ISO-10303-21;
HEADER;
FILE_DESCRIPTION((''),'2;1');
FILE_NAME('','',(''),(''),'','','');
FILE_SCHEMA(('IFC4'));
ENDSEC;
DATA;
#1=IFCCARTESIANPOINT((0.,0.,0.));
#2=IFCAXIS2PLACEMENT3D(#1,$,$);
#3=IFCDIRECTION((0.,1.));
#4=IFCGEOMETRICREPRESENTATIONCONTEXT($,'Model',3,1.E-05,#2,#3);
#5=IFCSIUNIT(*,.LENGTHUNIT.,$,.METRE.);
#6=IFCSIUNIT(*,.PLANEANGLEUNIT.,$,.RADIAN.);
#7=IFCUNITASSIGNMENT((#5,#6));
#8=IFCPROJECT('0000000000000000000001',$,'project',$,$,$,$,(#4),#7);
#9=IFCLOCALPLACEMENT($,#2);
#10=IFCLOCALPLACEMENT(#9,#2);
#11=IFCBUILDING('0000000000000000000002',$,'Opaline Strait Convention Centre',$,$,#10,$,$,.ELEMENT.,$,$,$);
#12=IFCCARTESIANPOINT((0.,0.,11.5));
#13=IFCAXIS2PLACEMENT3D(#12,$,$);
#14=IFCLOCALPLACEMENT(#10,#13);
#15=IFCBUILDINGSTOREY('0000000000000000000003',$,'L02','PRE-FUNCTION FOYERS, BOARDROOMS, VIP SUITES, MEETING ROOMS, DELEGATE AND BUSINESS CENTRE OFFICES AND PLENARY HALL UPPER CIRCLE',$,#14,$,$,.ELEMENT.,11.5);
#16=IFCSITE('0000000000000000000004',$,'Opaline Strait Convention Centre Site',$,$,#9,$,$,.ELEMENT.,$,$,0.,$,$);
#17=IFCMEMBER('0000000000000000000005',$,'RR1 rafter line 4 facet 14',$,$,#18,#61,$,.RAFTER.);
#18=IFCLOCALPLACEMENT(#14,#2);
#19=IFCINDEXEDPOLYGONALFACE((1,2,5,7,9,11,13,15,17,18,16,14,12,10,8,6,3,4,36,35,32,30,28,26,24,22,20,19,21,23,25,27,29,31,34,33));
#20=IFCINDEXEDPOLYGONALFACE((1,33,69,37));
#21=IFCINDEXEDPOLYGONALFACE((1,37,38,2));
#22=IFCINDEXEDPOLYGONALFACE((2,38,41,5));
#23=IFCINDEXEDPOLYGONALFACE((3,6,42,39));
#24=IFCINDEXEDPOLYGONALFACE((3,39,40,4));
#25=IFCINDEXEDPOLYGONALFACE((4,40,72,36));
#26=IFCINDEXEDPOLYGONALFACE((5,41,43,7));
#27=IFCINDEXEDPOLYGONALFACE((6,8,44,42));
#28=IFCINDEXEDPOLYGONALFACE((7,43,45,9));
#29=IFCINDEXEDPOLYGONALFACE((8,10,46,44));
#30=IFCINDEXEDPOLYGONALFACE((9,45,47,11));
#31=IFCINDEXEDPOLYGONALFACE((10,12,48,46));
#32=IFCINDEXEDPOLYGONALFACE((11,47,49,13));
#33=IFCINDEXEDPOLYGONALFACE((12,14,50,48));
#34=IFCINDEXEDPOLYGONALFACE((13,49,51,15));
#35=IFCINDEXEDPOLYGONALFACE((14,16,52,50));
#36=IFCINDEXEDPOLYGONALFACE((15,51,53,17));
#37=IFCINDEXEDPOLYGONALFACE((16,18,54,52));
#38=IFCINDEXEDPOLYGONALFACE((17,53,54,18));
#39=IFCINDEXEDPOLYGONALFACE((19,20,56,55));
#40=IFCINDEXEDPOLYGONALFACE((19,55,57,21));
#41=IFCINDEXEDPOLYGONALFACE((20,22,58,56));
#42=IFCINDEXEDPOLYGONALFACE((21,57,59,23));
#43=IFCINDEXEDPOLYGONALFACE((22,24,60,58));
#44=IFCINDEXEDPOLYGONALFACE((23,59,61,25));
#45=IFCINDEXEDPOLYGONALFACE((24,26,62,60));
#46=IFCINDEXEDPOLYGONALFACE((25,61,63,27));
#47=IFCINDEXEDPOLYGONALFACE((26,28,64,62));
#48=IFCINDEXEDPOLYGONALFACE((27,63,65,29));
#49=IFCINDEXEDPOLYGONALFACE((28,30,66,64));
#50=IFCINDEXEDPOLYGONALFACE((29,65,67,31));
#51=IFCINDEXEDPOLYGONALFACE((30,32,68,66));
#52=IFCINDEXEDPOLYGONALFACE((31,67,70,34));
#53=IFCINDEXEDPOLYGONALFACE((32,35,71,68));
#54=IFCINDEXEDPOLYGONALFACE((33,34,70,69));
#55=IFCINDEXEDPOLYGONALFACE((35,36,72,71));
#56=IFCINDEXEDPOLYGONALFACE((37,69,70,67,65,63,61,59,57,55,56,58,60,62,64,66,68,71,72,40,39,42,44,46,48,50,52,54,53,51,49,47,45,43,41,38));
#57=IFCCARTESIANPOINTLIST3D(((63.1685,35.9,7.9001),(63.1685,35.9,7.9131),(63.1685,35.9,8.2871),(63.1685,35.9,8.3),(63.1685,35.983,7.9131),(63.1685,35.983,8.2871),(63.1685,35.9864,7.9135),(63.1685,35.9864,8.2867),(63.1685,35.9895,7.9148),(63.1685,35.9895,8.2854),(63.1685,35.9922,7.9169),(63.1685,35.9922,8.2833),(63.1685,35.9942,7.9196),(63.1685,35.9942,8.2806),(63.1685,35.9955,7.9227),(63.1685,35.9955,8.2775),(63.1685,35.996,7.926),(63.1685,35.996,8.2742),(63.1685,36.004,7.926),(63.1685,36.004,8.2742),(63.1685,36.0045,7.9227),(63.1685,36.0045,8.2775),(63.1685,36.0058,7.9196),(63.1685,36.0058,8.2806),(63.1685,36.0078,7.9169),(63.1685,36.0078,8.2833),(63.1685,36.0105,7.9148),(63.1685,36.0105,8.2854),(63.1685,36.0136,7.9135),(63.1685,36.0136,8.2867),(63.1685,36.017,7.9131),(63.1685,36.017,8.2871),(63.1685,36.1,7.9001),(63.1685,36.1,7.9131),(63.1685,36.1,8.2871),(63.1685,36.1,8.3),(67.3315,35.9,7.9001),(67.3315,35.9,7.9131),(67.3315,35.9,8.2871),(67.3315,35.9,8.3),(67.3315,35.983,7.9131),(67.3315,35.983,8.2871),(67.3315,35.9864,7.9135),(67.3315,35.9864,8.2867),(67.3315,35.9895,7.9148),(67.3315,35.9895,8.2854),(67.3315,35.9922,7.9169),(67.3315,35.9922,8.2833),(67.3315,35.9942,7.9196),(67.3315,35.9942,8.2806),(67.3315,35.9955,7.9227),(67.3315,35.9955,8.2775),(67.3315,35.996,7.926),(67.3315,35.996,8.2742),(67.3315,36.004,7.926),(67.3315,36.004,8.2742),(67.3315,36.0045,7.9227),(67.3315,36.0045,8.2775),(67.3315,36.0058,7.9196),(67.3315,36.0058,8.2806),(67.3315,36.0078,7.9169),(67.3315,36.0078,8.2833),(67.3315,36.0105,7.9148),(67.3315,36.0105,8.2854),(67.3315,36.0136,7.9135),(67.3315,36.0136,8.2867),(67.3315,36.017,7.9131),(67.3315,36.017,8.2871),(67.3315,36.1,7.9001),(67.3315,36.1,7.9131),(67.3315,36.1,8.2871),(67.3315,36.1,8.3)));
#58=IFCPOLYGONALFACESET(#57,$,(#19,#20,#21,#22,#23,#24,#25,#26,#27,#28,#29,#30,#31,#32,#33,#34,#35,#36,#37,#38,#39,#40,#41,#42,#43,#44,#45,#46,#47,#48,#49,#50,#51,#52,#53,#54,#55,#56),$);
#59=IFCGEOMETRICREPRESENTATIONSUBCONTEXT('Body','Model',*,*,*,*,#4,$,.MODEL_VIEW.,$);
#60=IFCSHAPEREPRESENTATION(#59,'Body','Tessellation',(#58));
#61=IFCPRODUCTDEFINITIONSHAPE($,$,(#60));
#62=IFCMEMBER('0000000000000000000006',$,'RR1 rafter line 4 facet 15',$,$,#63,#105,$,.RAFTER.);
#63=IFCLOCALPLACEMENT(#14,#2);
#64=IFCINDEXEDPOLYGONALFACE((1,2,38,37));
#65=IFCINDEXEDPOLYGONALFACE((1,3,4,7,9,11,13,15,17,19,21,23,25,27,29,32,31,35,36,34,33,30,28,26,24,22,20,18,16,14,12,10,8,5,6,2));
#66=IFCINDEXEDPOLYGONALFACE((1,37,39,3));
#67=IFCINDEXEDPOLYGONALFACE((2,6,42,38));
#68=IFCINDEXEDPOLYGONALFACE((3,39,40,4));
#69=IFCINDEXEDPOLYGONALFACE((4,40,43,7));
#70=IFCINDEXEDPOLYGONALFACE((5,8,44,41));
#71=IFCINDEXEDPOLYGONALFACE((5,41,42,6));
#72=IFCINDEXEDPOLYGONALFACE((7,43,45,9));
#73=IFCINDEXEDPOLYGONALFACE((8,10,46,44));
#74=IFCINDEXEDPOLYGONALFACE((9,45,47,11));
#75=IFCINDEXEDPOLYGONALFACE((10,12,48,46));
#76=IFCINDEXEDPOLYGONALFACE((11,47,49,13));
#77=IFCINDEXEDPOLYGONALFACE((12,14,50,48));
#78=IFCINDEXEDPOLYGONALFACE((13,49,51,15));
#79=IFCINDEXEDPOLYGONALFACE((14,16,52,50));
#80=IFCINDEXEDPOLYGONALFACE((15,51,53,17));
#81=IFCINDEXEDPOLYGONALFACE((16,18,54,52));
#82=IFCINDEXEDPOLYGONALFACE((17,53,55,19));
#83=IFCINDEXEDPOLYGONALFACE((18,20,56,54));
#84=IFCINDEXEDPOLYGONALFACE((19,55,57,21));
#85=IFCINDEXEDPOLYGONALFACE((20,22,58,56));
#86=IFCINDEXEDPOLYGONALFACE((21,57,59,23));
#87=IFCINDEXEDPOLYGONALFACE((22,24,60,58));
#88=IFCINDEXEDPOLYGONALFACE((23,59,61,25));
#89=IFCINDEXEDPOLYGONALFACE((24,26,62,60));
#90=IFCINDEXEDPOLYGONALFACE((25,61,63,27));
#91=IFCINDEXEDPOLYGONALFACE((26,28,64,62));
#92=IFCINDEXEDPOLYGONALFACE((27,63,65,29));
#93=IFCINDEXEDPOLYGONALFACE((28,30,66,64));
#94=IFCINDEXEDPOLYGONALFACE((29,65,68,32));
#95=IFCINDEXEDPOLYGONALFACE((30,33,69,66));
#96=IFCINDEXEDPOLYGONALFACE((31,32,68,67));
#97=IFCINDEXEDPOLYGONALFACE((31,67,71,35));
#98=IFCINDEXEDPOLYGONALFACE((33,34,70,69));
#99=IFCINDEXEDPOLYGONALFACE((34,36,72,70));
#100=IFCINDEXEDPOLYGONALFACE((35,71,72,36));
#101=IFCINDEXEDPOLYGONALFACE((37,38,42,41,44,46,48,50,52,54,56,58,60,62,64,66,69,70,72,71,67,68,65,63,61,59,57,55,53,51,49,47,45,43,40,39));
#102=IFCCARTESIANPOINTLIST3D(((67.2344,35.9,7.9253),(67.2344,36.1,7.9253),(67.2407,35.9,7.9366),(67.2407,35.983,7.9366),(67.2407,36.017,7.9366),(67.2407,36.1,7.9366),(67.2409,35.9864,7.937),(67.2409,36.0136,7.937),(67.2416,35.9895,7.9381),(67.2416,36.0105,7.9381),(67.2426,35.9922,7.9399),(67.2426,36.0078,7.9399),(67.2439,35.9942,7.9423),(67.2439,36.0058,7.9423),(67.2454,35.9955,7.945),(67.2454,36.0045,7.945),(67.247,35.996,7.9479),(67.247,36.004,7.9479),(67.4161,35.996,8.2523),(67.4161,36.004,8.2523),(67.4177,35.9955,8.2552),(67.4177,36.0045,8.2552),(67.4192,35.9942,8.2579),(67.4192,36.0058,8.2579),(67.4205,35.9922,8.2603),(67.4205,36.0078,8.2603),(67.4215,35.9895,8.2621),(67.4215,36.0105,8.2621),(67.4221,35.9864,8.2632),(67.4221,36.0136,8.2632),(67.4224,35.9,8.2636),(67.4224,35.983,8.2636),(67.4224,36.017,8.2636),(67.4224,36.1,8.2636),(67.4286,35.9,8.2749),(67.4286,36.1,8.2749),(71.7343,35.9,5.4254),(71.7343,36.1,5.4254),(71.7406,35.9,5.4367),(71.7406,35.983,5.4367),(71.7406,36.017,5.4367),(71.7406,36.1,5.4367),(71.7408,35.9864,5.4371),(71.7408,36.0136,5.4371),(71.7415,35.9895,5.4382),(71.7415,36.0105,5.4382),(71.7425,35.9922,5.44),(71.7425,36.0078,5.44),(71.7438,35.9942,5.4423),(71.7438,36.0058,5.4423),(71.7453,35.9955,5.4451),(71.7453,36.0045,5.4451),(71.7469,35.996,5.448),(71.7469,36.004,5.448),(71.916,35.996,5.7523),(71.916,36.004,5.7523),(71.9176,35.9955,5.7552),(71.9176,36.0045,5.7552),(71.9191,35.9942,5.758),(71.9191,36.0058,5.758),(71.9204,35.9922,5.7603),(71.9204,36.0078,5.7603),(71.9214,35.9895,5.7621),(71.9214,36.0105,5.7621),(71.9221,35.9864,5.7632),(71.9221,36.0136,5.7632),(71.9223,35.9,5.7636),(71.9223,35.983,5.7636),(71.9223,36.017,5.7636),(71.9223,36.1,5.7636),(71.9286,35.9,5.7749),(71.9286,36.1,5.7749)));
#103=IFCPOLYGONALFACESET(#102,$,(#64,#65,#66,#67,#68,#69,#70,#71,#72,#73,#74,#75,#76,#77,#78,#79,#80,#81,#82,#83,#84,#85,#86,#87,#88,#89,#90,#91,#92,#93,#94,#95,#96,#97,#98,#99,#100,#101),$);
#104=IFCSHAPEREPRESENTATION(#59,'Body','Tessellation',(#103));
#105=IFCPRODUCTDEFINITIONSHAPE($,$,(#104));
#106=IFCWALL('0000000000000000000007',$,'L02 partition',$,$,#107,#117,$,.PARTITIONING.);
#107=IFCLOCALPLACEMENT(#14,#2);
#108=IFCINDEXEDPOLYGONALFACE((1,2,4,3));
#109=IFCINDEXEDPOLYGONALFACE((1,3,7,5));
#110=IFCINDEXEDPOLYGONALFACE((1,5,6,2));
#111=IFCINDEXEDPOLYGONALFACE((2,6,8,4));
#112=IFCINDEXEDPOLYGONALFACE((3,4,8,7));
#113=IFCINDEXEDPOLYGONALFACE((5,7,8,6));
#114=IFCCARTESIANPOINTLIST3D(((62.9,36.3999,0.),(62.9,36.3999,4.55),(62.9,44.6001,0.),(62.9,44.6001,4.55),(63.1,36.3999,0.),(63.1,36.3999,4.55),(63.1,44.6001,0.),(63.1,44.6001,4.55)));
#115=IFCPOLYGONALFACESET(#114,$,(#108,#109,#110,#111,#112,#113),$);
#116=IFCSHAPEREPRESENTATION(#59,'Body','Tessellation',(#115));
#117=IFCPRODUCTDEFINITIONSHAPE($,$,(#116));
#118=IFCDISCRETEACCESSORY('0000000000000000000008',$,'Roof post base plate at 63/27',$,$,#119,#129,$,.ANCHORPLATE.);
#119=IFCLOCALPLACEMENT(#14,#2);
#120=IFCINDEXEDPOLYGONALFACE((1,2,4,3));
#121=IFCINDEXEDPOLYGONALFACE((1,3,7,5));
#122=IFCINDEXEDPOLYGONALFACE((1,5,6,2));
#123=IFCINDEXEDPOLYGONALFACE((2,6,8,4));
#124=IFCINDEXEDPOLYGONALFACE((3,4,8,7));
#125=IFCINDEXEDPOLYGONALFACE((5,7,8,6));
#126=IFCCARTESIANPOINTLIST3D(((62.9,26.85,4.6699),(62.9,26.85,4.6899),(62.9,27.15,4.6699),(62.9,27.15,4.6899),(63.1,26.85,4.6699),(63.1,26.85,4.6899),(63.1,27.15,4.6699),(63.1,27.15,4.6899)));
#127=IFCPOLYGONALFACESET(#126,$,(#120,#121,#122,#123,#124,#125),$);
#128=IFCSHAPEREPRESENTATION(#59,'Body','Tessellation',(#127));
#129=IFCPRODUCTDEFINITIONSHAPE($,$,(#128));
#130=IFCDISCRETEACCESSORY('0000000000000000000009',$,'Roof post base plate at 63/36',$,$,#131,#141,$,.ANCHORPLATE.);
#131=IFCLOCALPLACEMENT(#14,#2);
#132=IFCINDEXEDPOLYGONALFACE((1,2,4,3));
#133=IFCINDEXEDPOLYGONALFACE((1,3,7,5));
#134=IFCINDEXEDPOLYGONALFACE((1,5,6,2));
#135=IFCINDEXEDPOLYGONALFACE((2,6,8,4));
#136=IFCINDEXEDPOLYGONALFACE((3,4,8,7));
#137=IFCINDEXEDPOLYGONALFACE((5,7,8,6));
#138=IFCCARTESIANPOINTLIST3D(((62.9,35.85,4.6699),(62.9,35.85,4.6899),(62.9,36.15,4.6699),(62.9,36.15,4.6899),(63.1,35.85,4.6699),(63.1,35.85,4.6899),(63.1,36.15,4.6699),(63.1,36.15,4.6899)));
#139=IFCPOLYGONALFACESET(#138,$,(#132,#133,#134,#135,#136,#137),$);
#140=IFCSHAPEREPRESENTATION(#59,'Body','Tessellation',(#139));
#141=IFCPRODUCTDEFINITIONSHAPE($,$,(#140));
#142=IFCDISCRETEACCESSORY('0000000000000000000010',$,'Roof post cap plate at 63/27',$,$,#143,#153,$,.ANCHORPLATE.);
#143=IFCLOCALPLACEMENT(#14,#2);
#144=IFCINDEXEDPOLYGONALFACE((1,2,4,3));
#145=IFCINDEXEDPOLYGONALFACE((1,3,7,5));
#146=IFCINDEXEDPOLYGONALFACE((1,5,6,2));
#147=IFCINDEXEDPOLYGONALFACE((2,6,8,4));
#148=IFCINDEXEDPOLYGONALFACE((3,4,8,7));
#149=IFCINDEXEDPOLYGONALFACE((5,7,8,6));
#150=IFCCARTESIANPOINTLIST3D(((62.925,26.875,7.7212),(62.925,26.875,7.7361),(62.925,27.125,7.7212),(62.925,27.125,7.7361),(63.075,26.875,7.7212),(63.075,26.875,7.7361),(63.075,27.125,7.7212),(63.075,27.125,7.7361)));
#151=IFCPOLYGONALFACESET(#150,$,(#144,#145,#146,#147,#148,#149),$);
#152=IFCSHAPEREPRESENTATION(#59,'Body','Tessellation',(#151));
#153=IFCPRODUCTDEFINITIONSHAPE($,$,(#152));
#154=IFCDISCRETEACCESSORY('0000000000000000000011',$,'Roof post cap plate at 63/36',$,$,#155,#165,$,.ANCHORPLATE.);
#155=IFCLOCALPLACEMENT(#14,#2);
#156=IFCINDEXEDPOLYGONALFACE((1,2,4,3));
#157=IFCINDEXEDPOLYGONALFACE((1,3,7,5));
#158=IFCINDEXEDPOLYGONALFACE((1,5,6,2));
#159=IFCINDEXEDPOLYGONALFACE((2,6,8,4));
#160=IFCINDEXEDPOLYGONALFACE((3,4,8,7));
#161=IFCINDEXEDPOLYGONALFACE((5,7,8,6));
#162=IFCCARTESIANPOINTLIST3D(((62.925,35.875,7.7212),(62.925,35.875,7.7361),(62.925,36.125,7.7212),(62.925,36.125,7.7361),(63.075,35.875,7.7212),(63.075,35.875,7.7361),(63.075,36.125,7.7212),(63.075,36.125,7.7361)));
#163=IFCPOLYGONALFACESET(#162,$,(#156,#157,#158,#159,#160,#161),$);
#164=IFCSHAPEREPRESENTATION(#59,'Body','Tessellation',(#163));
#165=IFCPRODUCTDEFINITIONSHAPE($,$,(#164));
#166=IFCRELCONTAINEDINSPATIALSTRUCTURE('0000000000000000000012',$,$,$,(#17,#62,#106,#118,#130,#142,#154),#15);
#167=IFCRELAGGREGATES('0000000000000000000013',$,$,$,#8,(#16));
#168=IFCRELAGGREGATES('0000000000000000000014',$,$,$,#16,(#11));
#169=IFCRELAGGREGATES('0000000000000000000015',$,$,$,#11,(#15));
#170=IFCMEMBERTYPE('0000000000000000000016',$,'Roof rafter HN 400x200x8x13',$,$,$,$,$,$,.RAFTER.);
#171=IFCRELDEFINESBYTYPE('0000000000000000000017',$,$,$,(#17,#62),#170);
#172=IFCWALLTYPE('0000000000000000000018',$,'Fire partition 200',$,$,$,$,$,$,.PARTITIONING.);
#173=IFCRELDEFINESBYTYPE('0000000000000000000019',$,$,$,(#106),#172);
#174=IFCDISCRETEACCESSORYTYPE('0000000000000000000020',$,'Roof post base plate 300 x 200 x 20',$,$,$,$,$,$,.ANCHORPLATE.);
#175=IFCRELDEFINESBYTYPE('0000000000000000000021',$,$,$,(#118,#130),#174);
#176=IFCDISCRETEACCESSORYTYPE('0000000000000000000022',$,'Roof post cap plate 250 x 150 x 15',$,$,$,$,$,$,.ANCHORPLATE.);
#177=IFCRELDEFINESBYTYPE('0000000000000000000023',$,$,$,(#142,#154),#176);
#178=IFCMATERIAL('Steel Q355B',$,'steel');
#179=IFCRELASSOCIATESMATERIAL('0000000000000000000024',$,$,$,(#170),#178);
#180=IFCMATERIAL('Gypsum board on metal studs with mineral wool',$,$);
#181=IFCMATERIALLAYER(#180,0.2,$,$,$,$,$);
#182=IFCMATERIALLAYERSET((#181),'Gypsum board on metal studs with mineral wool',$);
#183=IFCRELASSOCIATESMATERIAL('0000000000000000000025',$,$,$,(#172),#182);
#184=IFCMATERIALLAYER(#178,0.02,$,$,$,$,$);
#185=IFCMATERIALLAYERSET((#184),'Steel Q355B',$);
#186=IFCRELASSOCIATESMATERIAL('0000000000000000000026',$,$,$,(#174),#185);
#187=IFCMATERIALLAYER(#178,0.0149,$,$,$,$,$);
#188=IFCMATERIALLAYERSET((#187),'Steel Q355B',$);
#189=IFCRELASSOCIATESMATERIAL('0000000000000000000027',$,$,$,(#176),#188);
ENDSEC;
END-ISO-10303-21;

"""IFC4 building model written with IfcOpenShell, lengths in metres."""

from ifc_helpers import new_model, si_unit, direction, frame, frame_2d, origin, origin_2d, place, context, subcontext, project, spatial, rectangle, i_section, extrude, material, layer, layer_set, material_profile, profile_set, type_object, element, save


model = new_model("IFC4")

# Units and contexts
model_context = context("Model", 3, precision=1e-05, world=origin(), true_north=direction((0.0, 1.0)))
body_context = subcontext(model_context, "Body", "Model", "MODEL_VIEW")
ifc_project = project(units=[si_unit("LENGTHUNIT", "METRE"), si_unit("PLANEANGLEUNIT", "RADIAN")], contexts=[model_context])

# Site, building, storey
site_placement = place(None, origin())
site = spatial("IfcSite", under=ifc_project, at=site_placement, Name="Opaline Strait Convention Centre Site", CompositionType="ELEMENT", RefElevation=0.0)
building_placement = place(site_placement, origin())
building = spatial("IfcBuilding", under=site, at=building_placement, Name="Opaline Strait Convention Centre", CompositionType="ELEMENT")
storey_placement = place(building_placement, frame((0.0, 0.0, 11.5)))
storey = spatial("IfcBuildingStorey", under=building, at=storey_placement, Name="L02", Description="PRE-FUNCTION FOYERS, BOARDROOMS, VIP SUITES, MEETING ROOMS, DELEGATE AND BUSINESS CENTRE OFFICES AND PLENARY HALL UPPER CIRCLE", CompositionType="ELEMENT", Elevation=11.5)

# Shared definitions
ifc_material_1 = material(Name="Steel Q355B", Category="steel")

# Members
ifc_material_profile_1 = material_profile(ifc_material_1, i_section(OverallWidth=0.2, OverallDepth=0.3999, WebThickness=0.0081, FlangeThickness=0.0129, FilletRadius=0.0129, at=origin_2d()), Name="HN 400x200x8x13")
ifc_profile_set_1 = profile_set([ifc_material_profile_1], Name="Steel Q355B")
member_type_1 = type_object("IfcMemberType", Name="Roof rafter HN 400x200x8x13", PredefinedType="RAFTER", material=ifc_profile_set_1)
member_1_placement = place(storey_placement, frame((63.1685, 36.0, 8.1001), z_axis=(1.0, 0.0, 0.0), x_axis=(0.0, 1.0, 0.0)))
element("IfcMember", 1, at=member_1_placement, inside=storey, type_object=member_type_1, Name="RR1 rafter line 4 facet 14", PredefinedType="RAFTER", context=body_context, shape_type="SweptSolid", body=[
    extrude(i_section(OverallWidth=0.2, OverallDepth=0.3999, WebThickness=0.0081, FlangeThickness=0.0129, FilletRadius=0.0129, at=origin_2d()), origin(), (0.0, 0.0, 1.0), 4.1631),
])
member_2_placement = place(storey_placement, frame((67.3315, 36.0, 8.1001), z_axis=(0.874157, 0.0, -0.485643), x_axis=(0.0, 1.0, 0.0)))
element("IfcMember", 2, at=member_2_placement, inside=storey, type_object=member_type_1, Name="RR1 rafter line 4 facet 15", PredefinedType="RAFTER", context=body_context, shape_type="SweptSolid", body=[
    extrude(i_section(OverallWidth=0.2, OverallDepth=0.3999, WebThickness=0.0081, FlangeThickness=0.0129, FilletRadius=0.0129, at=origin_2d()), origin(), (0.0, 0.0, 1.0), 5.1477),
])

# Shared definitions
ifc_material_2 = material(Name="Gypsum board on metal studs with mineral wool")
ifc_layer_1 = layer(ifc_material_2, 0.2)
ifc_layer_set_1 = layer_set([ifc_layer_1], Name="Gypsum board on metal studs with mineral wool")
wall_type = type_object("IfcWallType", Name="Fire partition 200", PredefinedType="PARTITIONING", material=ifc_layer_set_1)

# Wall
wall_1_placement = place(storey_placement, frame((63.0, 36.3999, 0.0), z_axis=(0.0, 0.0, 1.0), x_axis=(0.0, 1.0, 0.0)))
element("IfcWall", 3, at=wall_1_placement, inside=storey, type_object=wall_type, Name="L02 partition", PredefinedType="PARTITIONING", context=body_context, shape_type="SweptSolid", body=[
    extrude(rectangle(XDim=8.2002, YDim=0.2, at=frame_2d((4.1001, 0.0))), origin(), (0.0, 0.0, 1.0), 4.55),
])

# Discrete accessories
ifc_layer_2 = layer(ifc_material_1, 0.02)
ifc_layer_set_2 = layer_set([ifc_layer_2], Name="Steel Q355B")
discrete_accessory_type_1 = type_object("IfcDiscreteAccessoryType", Name="Roof post base plate 300 x 200 x 20", PredefinedType="ANCHORPLATE", material=ifc_layer_set_2)
for number, where, z_axis, x_axis, name in (
    (4, (63.0, 27.0, 4.6699), (0.0, 0.0, 1.0), (1.0, 0.0, 0.0), "Roof post base plate at 63/27"),
    (5, (63.0, 36.0, 4.6699), (0.0, 0.0, 1.0), (1.0, 0.0, 0.0), "Roof post base plate at 63/36"),
):
    element("IfcDiscreteAccessory", number, at=place(storey_placement, frame(where, z_axis=z_axis, x_axis=x_axis)), inside=storey, type_object=discrete_accessory_type_1, Name=name, PredefinedType="ANCHORPLATE", context=body_context, shape_type="SweptSolid", body=[
        extrude(rectangle(XDim=0.2, YDim=0.3, at=origin_2d()), origin(), (0.0, 0.0, 1.0), 0.02),
    ])
ifc_layer_3 = layer(ifc_material_1, 0.0149)
ifc_layer_set_3 = layer_set([ifc_layer_3], Name="Steel Q355B")
discrete_accessory_type_2 = type_object("IfcDiscreteAccessoryType", Name="Roof post cap plate 250 x 150 x 15", PredefinedType="ANCHORPLATE", material=ifc_layer_set_3)
for number, where, z_axis, x_axis, name in (
    (6, (63.0, 27.0, 7.7212), (0.0, 0.0, 1.0), (1.0, 0.0, 0.0), "Roof post cap plate at 63/27"),
    (7, (63.0, 36.0, 7.7212), (0.0, 0.0, 1.0), (1.0, 0.0, 0.0), "Roof post cap plate at 63/36"),
):
    element("IfcDiscreteAccessory", number, at=place(storey_placement, frame(where, z_axis=z_axis, x_axis=x_axis)), inside=storey, type_object=discrete_accessory_type_2, Name=name, PredefinedType="ANCHORPLATE", context=body_context, shape_type="SweptSolid", body=[
        extrude(rectangle(XDim=0.1499, YDim=0.25, at=origin_2d()), origin(), (0.0, 0.0, 1.0), 0.0149),
    ])

save(model, "model.ifc")
